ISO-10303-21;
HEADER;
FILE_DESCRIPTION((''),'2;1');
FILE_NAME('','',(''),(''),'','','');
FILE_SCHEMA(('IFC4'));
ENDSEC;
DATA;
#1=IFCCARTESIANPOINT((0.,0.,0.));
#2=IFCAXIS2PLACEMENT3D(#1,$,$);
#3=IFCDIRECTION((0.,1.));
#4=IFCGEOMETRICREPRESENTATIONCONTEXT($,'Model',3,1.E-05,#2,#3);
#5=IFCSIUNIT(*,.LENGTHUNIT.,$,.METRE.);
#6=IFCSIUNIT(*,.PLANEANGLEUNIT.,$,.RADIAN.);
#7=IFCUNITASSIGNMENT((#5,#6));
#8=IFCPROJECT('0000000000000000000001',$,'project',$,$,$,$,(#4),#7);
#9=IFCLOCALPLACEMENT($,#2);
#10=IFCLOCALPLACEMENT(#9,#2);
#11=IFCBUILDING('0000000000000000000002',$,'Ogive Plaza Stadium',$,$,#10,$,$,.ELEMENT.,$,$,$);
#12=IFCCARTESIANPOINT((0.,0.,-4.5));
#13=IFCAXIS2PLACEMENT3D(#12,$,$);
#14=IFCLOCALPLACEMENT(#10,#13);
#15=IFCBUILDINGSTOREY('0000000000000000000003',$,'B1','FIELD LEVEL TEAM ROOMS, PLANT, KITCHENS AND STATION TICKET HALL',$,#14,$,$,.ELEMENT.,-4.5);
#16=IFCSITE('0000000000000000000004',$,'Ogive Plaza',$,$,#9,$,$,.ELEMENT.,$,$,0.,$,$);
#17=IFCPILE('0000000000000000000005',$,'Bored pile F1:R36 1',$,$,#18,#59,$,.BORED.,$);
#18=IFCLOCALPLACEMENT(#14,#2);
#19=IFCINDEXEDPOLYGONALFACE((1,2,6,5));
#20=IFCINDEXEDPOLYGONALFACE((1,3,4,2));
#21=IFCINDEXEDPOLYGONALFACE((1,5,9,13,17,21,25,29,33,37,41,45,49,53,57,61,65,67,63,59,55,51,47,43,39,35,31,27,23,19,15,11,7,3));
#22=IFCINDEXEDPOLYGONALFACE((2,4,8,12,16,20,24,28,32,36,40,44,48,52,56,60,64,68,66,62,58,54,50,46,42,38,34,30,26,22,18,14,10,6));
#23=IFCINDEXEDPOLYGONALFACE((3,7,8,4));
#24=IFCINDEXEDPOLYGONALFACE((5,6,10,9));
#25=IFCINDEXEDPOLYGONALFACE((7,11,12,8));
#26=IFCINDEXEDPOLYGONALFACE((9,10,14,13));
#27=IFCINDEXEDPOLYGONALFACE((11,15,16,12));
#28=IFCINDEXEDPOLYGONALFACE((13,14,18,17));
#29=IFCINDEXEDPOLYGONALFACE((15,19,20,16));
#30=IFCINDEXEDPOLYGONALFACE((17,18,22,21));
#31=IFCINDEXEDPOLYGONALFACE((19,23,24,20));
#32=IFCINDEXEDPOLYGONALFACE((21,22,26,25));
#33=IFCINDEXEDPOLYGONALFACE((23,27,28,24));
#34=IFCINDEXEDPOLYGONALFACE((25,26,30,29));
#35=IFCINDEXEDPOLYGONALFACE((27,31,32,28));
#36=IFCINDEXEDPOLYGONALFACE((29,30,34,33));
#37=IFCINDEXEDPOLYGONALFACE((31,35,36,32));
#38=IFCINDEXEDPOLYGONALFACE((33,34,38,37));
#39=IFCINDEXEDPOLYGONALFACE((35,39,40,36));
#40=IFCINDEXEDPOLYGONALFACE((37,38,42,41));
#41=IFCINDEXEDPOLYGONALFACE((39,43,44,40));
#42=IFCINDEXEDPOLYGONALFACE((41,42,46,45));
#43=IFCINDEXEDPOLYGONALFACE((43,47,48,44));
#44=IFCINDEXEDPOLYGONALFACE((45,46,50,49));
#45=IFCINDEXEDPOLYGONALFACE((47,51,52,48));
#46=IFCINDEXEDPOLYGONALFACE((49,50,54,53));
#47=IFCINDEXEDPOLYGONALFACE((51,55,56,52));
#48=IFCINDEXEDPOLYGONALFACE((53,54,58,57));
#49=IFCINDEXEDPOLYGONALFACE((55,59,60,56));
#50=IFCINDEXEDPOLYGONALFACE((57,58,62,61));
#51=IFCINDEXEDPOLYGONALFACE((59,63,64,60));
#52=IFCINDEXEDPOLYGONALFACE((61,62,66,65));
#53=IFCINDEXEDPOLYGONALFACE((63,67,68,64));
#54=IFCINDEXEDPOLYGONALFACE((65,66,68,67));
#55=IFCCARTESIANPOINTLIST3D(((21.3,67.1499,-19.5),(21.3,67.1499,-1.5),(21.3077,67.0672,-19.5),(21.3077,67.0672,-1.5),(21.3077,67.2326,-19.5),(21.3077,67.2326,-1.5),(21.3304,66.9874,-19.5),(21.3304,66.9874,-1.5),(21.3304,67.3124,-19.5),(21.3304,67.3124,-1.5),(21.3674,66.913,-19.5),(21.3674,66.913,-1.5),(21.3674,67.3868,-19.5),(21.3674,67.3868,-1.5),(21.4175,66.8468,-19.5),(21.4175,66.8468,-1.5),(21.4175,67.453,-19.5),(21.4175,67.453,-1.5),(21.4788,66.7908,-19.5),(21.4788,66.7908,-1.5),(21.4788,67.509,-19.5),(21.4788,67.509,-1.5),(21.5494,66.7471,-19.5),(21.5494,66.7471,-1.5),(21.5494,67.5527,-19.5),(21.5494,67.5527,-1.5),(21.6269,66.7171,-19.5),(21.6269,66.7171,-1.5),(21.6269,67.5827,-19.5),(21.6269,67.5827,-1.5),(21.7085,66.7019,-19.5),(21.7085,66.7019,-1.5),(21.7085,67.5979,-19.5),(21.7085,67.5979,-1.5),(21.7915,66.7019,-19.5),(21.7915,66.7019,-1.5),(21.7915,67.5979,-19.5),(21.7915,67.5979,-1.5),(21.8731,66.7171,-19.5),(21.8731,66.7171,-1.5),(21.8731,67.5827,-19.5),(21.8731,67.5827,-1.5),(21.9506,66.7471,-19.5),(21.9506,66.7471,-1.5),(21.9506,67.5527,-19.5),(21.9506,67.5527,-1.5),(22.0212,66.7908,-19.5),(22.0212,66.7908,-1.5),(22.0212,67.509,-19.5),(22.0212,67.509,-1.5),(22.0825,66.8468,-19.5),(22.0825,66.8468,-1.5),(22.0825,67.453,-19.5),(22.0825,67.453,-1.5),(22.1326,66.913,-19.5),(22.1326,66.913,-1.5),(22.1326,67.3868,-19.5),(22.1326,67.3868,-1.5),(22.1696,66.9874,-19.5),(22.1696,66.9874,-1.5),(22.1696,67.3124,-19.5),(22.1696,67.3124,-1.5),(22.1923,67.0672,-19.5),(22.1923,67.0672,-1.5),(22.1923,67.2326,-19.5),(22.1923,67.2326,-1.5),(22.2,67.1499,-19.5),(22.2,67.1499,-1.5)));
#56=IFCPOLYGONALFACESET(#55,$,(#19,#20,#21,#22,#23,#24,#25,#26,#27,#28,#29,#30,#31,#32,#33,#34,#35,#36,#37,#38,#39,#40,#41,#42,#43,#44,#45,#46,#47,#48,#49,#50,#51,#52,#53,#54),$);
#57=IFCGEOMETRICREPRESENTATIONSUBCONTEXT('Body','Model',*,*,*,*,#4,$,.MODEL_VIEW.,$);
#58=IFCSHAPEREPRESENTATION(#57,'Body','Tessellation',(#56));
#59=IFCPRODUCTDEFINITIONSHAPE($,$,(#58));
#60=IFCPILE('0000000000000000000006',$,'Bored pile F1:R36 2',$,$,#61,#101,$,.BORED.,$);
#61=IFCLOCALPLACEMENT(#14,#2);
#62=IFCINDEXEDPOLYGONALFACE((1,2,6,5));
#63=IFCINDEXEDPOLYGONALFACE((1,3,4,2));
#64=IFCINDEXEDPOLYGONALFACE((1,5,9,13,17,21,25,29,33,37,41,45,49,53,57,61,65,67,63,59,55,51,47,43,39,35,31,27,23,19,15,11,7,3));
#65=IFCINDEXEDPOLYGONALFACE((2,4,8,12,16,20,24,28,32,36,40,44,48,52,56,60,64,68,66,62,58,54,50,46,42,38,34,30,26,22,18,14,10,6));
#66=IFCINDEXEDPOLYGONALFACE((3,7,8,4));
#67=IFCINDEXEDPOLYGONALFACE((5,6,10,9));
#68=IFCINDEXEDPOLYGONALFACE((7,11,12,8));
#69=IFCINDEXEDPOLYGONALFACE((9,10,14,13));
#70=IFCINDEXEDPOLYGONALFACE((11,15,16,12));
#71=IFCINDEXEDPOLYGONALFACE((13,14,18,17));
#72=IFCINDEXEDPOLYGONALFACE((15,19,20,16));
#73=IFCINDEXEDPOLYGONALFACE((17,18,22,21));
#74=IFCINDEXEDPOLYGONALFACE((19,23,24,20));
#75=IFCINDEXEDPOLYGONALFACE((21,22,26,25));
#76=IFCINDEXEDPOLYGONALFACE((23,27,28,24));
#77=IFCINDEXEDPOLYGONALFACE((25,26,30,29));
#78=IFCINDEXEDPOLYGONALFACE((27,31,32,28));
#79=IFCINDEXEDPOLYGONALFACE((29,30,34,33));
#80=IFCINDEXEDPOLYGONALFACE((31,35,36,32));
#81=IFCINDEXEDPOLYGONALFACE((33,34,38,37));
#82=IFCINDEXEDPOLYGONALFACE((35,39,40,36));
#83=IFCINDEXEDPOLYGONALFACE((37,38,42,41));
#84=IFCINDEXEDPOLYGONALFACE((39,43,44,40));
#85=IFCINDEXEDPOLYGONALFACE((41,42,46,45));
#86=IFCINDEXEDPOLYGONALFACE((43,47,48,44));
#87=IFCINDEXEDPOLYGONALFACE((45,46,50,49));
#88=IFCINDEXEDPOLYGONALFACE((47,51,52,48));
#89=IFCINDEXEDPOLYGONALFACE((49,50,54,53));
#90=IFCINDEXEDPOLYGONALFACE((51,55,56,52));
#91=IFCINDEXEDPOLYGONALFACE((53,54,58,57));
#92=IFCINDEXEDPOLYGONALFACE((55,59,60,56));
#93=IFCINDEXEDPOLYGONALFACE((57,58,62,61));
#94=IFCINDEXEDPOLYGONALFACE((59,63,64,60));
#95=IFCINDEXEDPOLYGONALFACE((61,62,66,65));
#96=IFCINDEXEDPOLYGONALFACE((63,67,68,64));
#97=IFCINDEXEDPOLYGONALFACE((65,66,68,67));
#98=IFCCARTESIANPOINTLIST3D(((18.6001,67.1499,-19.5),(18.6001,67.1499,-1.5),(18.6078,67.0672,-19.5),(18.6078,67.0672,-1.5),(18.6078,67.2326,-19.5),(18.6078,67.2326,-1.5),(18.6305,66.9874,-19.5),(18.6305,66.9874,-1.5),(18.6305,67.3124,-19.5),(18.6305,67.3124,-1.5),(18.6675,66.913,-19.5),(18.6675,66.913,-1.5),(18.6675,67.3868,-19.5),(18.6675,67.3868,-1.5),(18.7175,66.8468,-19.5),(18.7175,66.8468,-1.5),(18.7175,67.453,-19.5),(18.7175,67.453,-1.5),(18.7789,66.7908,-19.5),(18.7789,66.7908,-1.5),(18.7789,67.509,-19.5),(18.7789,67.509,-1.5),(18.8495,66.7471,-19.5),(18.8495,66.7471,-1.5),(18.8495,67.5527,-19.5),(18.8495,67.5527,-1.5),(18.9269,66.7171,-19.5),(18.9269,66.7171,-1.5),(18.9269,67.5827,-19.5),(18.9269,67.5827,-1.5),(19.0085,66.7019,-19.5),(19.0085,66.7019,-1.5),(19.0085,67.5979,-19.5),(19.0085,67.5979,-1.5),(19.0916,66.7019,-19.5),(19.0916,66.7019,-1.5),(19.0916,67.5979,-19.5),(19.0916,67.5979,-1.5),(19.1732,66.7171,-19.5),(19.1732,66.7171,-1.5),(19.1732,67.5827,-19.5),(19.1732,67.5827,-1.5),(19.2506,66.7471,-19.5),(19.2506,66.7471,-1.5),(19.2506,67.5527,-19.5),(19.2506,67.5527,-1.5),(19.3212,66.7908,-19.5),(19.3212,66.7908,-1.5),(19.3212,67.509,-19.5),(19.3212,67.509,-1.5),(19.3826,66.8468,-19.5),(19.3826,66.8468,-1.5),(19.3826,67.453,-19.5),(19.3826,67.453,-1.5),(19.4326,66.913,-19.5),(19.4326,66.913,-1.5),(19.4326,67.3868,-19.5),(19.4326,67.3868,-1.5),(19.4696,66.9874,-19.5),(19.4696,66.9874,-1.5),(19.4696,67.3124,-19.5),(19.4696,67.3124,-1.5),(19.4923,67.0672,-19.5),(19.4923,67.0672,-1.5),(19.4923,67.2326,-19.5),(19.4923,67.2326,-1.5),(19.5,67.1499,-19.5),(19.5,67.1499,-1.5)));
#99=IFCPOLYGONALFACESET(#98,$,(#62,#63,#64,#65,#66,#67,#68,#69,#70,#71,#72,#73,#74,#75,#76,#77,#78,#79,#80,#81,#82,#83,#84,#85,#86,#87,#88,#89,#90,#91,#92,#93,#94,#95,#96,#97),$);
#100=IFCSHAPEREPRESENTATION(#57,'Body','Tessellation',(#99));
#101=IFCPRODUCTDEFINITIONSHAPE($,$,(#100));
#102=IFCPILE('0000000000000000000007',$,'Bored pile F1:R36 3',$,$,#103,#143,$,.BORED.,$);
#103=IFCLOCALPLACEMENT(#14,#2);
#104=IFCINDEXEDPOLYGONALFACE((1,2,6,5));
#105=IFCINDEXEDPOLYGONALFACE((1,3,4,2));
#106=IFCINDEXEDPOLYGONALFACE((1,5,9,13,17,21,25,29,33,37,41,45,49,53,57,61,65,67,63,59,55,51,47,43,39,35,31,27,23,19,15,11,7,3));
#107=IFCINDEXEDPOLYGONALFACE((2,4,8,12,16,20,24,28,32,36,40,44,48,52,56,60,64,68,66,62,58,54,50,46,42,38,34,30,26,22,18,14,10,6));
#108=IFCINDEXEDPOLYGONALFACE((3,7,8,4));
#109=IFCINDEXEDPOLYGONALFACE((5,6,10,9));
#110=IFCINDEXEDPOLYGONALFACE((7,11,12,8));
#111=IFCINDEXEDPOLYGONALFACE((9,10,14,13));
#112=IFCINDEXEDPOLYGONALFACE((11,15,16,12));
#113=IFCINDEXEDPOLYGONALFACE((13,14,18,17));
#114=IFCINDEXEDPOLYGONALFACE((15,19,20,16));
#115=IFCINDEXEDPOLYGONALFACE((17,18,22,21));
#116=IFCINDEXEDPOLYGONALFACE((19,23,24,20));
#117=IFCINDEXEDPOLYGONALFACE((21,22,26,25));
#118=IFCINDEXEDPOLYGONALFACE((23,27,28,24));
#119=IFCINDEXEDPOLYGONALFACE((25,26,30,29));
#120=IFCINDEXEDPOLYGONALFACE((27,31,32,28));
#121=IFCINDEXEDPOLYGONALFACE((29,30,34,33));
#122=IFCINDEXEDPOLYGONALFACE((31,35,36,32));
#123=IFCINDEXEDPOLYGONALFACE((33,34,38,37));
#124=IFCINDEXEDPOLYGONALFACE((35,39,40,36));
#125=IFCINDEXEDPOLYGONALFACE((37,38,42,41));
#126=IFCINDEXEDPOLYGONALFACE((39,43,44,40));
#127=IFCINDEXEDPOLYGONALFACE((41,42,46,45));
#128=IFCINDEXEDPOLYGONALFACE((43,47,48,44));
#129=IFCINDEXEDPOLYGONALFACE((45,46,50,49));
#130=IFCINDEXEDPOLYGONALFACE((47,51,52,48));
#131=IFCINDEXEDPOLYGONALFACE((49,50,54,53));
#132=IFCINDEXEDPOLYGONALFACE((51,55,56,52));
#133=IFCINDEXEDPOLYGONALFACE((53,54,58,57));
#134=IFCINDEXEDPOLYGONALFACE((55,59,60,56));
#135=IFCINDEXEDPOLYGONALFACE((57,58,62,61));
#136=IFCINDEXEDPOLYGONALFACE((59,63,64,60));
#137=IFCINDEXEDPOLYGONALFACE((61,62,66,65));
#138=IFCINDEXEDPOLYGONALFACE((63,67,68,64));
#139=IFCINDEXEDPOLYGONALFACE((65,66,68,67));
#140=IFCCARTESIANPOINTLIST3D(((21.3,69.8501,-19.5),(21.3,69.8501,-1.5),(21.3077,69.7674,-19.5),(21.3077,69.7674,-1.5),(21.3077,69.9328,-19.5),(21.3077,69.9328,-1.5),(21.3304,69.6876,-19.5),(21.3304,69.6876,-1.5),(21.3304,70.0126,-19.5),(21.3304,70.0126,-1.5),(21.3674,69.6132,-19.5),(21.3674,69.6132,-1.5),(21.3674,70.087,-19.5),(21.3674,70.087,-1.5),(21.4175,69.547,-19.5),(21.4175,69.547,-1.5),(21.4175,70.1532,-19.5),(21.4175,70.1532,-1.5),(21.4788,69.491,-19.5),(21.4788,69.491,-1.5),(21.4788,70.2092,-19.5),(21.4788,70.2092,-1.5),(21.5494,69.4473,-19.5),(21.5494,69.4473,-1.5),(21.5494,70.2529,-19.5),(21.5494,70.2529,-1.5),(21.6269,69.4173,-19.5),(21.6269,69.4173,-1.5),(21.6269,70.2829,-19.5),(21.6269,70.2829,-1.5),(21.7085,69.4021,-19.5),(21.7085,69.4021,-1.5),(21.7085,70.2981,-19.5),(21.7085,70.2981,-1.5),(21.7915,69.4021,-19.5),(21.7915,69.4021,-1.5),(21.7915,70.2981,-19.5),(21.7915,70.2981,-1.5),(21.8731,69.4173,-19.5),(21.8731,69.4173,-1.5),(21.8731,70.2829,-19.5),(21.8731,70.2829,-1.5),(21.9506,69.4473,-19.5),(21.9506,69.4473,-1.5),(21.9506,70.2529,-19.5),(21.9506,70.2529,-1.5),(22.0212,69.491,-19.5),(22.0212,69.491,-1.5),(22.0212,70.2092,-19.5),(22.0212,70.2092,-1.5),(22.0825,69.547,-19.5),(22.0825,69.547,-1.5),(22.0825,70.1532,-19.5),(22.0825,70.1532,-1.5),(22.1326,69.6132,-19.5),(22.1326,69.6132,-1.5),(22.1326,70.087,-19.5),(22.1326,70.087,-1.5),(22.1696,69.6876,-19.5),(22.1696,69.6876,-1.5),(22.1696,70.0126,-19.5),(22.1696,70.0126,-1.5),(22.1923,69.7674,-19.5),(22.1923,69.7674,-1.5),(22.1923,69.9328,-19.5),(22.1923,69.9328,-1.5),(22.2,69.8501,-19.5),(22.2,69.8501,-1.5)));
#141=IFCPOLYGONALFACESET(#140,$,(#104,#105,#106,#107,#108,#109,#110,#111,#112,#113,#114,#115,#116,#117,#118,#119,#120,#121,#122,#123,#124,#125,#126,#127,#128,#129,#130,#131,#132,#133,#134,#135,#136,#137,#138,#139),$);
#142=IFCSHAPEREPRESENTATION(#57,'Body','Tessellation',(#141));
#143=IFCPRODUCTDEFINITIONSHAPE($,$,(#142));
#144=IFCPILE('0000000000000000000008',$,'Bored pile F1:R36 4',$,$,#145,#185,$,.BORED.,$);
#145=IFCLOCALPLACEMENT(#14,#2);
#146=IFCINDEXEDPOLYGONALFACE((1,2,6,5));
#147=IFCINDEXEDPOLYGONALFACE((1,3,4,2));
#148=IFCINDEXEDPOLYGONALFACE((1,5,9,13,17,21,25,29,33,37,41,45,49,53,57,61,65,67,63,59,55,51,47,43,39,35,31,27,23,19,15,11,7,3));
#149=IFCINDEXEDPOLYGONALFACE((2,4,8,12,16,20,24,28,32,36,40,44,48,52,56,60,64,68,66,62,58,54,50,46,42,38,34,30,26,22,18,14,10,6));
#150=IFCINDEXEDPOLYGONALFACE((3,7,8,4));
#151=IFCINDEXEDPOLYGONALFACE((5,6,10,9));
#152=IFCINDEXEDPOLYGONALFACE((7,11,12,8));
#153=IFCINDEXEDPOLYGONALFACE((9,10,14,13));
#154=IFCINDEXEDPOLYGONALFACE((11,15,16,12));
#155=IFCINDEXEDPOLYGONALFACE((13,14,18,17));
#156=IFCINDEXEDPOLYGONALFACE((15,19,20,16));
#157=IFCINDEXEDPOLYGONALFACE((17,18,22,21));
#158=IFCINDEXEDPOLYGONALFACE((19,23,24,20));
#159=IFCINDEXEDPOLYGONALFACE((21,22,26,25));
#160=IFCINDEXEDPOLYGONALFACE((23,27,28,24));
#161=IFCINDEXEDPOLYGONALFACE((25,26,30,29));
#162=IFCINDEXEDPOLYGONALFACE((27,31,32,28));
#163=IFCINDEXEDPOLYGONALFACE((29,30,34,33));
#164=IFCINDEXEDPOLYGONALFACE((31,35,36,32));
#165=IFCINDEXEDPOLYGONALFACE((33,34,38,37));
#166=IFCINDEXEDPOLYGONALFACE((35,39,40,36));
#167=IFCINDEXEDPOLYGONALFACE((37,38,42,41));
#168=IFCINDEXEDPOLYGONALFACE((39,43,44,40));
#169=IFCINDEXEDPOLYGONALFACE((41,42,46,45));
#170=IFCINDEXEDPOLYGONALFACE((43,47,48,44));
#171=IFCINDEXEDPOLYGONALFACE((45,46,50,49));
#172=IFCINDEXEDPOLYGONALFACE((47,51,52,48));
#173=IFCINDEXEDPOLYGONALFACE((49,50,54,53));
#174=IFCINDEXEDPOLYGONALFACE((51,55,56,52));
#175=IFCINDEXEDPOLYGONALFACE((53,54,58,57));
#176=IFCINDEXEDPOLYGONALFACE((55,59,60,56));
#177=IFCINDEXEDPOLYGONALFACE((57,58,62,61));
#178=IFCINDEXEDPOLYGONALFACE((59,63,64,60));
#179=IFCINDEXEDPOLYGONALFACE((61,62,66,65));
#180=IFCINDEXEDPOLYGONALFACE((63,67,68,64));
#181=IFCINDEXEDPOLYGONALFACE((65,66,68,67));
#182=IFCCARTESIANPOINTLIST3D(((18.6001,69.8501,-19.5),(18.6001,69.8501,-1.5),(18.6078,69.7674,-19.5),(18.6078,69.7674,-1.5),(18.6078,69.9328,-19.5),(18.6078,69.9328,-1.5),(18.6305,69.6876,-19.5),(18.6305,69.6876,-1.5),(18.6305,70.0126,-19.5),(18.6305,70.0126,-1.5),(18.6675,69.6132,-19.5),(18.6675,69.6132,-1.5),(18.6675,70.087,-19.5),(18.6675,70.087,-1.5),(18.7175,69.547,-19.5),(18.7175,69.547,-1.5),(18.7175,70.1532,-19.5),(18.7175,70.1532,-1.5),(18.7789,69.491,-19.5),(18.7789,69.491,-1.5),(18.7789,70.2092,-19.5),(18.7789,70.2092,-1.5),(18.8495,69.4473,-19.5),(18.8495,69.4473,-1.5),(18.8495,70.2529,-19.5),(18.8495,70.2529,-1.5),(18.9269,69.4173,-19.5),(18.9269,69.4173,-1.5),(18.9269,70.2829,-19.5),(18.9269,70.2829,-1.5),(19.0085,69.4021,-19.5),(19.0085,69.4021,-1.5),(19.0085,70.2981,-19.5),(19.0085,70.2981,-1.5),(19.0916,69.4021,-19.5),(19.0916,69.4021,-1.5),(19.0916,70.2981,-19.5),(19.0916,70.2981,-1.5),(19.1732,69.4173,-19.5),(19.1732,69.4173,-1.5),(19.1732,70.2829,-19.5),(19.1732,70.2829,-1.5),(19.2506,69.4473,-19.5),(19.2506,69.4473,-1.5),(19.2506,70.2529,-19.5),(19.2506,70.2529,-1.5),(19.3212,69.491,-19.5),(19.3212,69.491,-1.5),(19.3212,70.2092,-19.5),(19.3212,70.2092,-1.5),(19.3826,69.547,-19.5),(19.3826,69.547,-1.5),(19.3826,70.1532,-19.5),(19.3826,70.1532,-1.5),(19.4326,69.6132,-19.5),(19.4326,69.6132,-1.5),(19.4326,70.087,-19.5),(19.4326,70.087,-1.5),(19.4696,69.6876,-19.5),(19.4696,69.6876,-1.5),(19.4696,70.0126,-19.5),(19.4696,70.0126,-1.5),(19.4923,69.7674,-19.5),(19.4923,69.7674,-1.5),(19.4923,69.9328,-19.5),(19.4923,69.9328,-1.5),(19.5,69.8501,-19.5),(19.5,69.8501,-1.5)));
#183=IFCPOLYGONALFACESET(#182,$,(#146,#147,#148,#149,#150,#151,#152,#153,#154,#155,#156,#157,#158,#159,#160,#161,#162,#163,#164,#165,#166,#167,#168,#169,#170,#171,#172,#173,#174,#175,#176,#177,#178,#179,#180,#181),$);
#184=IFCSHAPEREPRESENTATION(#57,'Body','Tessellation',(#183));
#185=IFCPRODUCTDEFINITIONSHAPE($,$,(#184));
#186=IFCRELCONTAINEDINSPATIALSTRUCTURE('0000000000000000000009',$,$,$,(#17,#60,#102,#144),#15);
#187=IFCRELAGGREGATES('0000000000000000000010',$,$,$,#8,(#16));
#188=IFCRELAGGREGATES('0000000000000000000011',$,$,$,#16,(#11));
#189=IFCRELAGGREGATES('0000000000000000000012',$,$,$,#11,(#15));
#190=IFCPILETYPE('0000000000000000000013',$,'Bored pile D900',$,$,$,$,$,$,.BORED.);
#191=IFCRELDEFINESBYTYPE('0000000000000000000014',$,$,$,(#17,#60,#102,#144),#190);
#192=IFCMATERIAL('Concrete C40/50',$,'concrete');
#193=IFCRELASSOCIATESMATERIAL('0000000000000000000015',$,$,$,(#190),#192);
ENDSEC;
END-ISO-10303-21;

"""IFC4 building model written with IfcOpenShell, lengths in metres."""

from ifc_helpers import new_model, si_unit, direction, frame, origin, origin_2d, place, context, subcontext, project, spatial, circle, extrude, material, material_profile, profile_set, type_object, element, save


model = new_model("IFC4")

# Units and contexts
model_context = context("Model", 3, precision=1e-05, world=origin(), true_north=direction((0.0, 1.0)))
body_context = subcontext(model_context, "Body", "Model", "MODEL_VIEW")
ifc_project = project(units=[si_unit("LENGTHUNIT", "METRE"), si_unit("PLANEANGLEUNIT", "RADIAN")], contexts=[model_context])

# Site, building, storey
site_placement = place(None, origin())
site = spatial("IfcSite", under=ifc_project, at=site_placement, Name="Ogive Plaza", CompositionType="ELEMENT", RefElevation=0.0)
building_placement = place(site_placement, origin())
building = spatial("IfcBuilding", under=site, at=building_placement, Name="Ogive Plaza Stadium", CompositionType="ELEMENT")
storey_placement = place(building_placement, frame((0.0, 0.0, -4.5)))
storey = spatial("IfcBuildingStorey", under=building, at=storey_placement, Name="B1", Description="FIELD LEVEL TEAM ROOMS, PLANT, KITCHENS AND STATION TICKET HALL", CompositionType="ELEMENT", Elevation=-4.5)

# Piles
ifc_material_1 = material(Name="Concrete C40/50", Category="concrete")
ifc_material_profile_1 = material_profile(ifc_material_1, circle(Radius=0.45, at=origin_2d()), Name="RC D900")
ifc_profile_set_1 = profile_set([ifc_material_profile_1], Name="Concrete C40/50")
pile_type = type_object("IfcPileType", Name="Bored pile D900", PredefinedType="BORED", material=ifc_profile_set_1)
for number, where, z_axis, x_axis, name in (
    (1, (21.75, 67.1499, -1.5), (0.0, 0.0, -1.0), (1.0, 0.0, 0.0), "Bored pile F1:R36 1"),
    (2, (19.05, 67.1499, -1.5), (0.0, 0.0, -1.0), (1.0, 0.0, 0.0), "Bored pile F1:R36 2"),
    (3, (21.75, 69.8501, -1.5), (0.0, 0.0, -1.0), (1.0, 0.0, 0.0), "Bored pile F1:R36 3"),
    (4, (19.05, 69.8501, -1.5), (0.0, 0.0, -1.0), (1.0, 0.0, 0.0), "Bored pile F1:R36 4"),
):
    element("IfcPile", number, at=place(storey_placement, frame(where, z_axis=z_axis, x_axis=x_axis)), inside=storey, type_object=pile_type, Name=name, PredefinedType="BORED", context=body_context, shape_type="SweptSolid", body=[
        extrude(circle(Radius=0.45, at=origin_2d()), origin(), (0.0, 0.0, 1.0), 18.0),
    ])

save(model, "model.ifc")
